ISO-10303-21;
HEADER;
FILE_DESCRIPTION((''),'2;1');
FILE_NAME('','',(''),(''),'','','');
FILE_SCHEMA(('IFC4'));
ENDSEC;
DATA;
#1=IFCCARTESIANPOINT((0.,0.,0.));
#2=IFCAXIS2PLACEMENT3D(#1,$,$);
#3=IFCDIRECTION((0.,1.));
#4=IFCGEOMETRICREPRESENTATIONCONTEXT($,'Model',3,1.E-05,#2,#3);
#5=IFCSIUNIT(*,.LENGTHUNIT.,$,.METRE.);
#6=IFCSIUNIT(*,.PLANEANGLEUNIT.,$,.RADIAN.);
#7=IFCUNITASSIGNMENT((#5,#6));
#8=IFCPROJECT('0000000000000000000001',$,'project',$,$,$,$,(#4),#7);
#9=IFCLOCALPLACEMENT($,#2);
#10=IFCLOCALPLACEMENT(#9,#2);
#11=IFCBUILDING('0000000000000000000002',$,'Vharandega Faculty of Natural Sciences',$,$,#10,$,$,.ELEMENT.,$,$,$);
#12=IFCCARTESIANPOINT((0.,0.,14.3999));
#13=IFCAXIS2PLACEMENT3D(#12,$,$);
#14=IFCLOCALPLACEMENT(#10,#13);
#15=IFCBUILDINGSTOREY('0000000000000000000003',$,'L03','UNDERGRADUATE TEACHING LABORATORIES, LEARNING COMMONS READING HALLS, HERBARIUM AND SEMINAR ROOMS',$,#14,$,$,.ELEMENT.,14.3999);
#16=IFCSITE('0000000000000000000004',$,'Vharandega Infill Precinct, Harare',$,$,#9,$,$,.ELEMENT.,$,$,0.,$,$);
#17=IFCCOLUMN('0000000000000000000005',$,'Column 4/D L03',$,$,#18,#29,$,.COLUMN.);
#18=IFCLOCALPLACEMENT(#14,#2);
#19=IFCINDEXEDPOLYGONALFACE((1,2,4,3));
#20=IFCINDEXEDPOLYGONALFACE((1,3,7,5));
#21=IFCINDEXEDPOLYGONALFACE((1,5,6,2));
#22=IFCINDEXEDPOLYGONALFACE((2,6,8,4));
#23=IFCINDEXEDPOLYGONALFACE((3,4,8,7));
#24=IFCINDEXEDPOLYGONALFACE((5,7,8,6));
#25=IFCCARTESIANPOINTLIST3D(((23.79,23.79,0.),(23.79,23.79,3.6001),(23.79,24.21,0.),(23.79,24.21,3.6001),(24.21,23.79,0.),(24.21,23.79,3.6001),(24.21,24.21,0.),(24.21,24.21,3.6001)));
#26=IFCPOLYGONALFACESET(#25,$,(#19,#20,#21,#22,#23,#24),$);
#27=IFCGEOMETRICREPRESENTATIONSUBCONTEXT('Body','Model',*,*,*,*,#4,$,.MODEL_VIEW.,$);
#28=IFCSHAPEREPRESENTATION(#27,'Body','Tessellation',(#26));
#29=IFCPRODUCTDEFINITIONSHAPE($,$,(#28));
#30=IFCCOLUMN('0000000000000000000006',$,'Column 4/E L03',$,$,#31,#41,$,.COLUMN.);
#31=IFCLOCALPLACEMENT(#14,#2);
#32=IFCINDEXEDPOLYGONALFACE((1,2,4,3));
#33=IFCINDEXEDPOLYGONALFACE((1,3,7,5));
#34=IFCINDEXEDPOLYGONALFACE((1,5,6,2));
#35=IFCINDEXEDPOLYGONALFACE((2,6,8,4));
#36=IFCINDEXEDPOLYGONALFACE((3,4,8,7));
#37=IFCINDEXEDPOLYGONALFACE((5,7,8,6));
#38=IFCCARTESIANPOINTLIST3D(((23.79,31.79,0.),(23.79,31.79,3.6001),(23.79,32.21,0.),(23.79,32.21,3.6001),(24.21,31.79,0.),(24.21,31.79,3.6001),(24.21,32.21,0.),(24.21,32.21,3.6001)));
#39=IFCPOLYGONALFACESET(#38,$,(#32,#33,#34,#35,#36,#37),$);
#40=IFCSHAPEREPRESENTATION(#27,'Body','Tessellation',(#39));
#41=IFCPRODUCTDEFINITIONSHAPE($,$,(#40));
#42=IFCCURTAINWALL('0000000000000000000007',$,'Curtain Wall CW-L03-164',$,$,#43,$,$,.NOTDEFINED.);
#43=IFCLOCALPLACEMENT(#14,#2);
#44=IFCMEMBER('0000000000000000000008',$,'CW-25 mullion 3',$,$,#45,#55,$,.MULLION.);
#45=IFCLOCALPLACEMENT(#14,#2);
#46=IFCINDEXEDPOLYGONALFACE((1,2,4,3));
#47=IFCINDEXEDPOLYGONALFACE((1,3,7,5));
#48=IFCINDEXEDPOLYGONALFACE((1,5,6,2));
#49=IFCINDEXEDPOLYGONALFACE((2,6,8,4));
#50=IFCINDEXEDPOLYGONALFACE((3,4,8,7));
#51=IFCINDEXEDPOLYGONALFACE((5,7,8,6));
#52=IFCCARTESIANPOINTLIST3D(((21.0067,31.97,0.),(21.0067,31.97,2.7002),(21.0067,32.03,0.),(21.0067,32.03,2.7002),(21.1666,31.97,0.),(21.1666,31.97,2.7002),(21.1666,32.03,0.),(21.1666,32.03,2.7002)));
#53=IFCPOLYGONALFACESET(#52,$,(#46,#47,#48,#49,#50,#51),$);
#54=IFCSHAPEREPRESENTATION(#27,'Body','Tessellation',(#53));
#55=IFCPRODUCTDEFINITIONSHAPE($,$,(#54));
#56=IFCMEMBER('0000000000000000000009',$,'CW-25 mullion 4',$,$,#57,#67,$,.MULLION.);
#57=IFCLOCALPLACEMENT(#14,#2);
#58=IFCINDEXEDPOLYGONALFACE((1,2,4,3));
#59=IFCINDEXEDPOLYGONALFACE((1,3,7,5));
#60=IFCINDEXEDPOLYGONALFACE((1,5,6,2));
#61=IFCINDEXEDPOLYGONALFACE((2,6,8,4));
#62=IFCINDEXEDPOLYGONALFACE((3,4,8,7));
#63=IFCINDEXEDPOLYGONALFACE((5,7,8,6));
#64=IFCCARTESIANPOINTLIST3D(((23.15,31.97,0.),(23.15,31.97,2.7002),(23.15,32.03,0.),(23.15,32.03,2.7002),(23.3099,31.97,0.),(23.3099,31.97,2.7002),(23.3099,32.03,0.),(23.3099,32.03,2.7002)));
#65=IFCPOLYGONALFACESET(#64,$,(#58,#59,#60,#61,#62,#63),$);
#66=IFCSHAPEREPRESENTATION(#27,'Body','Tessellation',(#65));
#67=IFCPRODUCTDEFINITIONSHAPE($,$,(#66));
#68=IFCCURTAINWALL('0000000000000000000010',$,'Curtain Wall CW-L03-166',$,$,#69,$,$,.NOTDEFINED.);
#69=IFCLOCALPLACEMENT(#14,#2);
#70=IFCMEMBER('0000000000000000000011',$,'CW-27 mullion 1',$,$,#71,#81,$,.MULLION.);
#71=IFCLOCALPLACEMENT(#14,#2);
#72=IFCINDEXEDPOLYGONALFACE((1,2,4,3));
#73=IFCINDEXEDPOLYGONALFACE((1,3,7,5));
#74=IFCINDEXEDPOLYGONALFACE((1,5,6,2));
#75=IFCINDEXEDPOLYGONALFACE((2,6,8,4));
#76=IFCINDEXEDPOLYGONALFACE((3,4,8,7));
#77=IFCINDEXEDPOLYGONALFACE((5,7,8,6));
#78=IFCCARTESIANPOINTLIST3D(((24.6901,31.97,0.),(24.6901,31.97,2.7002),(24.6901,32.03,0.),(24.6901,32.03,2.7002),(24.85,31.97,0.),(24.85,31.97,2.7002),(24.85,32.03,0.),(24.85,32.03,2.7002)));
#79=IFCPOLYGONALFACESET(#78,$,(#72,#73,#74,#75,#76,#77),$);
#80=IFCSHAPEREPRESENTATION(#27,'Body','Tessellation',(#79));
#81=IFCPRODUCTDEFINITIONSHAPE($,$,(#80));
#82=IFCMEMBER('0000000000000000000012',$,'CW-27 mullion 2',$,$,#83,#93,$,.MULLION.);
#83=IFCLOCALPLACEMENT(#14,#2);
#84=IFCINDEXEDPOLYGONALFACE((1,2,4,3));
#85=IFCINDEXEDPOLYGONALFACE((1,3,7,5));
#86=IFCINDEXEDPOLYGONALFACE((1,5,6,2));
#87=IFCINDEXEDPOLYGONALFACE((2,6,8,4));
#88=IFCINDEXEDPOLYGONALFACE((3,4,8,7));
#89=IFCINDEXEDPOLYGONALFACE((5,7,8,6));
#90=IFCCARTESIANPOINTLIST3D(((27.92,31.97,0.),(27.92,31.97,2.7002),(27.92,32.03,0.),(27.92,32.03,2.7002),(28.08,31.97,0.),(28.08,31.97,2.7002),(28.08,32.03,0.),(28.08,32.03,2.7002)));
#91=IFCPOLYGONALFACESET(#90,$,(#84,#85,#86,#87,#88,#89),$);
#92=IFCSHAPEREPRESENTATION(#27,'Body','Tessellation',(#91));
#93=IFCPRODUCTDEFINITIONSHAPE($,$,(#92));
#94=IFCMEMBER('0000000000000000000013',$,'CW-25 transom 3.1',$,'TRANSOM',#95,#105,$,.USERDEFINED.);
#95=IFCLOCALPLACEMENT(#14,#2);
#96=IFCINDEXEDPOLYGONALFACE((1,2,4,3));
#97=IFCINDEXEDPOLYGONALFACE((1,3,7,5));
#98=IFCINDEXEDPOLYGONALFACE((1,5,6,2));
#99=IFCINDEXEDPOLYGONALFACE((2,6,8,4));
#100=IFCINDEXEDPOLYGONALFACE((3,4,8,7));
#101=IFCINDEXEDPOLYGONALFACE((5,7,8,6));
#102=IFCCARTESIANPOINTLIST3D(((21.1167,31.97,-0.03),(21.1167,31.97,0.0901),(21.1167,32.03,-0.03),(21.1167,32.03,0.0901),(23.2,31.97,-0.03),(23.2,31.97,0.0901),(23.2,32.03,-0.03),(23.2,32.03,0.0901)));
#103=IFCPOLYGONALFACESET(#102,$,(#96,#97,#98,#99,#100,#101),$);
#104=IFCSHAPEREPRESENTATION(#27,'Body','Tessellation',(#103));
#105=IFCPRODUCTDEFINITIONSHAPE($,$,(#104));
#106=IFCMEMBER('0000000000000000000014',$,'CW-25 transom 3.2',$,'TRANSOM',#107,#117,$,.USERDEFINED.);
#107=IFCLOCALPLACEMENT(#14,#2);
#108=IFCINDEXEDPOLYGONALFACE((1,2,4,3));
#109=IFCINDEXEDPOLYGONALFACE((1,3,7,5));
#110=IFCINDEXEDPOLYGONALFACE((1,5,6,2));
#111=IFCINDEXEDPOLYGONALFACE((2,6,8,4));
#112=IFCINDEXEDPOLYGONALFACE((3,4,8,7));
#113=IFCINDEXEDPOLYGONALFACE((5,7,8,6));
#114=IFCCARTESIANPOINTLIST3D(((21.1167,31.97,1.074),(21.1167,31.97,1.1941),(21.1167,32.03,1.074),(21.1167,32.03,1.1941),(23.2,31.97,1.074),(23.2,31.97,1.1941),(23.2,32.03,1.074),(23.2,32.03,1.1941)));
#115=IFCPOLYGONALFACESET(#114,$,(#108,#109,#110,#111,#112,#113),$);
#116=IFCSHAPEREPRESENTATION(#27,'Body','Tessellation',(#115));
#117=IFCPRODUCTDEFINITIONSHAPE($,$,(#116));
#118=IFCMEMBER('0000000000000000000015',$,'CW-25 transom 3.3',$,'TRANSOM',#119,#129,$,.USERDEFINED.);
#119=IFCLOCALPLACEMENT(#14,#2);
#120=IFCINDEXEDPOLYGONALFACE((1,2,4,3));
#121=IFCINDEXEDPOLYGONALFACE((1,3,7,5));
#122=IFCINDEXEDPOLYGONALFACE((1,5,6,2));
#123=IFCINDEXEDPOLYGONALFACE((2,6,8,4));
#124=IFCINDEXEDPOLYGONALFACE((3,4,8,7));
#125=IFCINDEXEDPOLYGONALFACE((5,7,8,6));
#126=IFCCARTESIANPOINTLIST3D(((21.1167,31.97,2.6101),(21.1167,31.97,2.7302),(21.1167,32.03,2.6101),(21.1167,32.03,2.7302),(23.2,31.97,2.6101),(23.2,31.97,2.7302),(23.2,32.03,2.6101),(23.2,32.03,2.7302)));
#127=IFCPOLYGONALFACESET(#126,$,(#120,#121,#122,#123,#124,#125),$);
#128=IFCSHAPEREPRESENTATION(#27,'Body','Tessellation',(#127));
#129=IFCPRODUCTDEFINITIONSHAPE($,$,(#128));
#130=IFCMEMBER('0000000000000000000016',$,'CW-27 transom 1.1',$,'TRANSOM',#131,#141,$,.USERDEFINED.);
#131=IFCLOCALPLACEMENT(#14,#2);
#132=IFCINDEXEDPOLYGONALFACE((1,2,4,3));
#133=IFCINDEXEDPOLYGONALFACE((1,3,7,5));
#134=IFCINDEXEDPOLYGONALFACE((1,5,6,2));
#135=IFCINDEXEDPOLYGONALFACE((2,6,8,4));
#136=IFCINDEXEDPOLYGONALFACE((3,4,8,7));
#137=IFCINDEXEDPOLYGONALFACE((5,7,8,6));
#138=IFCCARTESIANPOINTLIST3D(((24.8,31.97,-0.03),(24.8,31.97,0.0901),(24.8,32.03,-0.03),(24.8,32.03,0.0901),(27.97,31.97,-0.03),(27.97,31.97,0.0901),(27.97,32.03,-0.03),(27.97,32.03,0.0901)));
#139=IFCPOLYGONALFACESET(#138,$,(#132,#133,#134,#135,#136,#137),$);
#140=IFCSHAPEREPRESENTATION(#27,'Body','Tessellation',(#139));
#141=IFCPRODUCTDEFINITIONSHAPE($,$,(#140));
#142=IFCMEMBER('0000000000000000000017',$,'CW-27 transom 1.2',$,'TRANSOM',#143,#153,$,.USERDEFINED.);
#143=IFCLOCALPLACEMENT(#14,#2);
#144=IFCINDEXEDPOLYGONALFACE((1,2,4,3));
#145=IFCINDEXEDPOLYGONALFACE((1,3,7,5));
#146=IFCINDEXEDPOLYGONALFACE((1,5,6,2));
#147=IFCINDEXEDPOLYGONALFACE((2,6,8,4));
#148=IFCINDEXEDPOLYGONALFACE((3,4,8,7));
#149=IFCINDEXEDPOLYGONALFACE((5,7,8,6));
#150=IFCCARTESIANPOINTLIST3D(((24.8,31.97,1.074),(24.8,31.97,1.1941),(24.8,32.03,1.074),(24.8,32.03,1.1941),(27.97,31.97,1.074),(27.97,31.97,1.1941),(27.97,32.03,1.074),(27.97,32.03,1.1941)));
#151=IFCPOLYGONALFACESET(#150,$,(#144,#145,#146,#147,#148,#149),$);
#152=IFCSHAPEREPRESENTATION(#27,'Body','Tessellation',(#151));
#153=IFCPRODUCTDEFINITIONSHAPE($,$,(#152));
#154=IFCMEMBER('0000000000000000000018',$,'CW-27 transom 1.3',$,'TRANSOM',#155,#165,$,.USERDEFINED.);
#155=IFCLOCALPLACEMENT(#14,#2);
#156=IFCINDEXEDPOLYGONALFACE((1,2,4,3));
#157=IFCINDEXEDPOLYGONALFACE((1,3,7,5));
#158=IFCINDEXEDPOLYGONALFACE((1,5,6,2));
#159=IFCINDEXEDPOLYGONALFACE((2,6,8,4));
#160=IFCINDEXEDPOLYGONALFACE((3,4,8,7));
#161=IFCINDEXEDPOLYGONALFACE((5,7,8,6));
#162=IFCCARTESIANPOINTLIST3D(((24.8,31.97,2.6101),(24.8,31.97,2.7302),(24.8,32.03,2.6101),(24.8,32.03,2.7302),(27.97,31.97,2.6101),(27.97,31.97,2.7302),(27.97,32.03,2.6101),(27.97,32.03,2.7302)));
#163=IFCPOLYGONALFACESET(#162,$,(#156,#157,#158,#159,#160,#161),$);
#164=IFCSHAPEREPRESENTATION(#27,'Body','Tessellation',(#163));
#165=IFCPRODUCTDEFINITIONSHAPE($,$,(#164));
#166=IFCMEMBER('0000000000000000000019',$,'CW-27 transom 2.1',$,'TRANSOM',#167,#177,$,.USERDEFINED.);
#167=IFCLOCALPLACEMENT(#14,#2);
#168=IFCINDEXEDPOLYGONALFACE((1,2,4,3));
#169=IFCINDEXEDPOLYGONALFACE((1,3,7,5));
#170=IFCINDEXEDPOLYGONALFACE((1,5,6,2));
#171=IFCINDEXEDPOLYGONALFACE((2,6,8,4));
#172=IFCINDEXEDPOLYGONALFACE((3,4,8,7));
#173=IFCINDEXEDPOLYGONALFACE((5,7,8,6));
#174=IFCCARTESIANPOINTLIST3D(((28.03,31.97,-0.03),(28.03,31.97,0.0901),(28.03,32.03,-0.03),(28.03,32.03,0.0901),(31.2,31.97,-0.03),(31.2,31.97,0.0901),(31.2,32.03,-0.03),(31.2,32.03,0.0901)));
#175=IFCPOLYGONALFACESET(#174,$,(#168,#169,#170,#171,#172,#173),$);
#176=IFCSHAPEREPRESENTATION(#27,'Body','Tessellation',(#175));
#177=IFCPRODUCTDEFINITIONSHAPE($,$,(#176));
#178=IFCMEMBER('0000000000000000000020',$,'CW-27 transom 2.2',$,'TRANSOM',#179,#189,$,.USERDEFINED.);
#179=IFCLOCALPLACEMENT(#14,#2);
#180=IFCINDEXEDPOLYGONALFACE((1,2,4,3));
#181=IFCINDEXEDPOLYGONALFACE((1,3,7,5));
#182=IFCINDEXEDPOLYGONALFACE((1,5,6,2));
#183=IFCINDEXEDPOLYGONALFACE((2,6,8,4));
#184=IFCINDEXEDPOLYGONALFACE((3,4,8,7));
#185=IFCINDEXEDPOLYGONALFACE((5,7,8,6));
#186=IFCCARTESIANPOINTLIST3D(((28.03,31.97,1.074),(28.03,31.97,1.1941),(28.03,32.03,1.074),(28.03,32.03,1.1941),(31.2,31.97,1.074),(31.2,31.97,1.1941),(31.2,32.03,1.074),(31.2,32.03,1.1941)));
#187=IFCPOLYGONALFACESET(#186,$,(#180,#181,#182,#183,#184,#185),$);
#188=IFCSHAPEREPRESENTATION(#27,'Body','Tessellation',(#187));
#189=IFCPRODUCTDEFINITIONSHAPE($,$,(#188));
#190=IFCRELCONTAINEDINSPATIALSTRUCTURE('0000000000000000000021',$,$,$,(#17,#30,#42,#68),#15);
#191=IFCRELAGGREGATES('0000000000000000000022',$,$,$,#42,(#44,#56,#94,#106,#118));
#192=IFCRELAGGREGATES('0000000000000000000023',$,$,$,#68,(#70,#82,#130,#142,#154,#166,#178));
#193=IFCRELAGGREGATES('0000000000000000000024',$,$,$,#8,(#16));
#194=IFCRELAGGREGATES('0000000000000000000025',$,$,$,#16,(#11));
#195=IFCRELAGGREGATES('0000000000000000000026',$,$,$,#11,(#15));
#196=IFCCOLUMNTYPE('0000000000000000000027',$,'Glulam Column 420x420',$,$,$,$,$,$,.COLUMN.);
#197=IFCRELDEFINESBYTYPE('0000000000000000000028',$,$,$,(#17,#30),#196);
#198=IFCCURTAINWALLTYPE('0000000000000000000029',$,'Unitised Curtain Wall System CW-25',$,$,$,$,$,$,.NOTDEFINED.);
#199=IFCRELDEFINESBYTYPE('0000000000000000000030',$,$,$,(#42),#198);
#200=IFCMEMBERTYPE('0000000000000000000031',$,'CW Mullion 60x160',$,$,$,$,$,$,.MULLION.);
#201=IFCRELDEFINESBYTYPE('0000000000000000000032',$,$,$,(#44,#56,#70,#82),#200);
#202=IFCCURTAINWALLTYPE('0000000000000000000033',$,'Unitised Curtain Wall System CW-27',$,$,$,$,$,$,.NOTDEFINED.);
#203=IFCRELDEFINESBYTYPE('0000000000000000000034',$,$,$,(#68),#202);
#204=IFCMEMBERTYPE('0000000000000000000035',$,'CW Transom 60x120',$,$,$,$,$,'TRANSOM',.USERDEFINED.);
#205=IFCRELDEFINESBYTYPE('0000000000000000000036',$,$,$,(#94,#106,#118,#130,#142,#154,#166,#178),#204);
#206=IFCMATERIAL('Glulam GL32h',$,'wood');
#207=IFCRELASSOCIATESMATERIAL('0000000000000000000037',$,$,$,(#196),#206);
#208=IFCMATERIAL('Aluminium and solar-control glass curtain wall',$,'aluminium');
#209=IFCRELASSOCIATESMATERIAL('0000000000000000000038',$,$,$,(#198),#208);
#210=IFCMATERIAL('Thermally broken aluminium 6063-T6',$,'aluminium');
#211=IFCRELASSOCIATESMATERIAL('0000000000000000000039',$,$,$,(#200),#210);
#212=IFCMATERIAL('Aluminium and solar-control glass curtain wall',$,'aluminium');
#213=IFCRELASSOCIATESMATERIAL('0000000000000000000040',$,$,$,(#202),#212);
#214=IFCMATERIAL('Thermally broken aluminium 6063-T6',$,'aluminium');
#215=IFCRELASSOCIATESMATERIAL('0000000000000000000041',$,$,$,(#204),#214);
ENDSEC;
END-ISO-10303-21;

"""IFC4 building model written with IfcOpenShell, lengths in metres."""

from ifc_helpers import new_model, si_unit, direction, frame, origin, origin_2d, place, context, subcontext, project, spatial, rectangle, extrude, material, material_profile, profile_set, type_object, element, aggregate, save


model = new_model("IFC4")

# Units and contexts
model_context = context("Model", 3, precision=1e-05, world=origin(), true_north=direction((0.0, 1.0)))
body_context = subcontext(model_context, "Body", "Model", "MODEL_VIEW")
ifc_project = project(units=[si_unit("LENGTHUNIT", "METRE"), si_unit("PLANEANGLEUNIT", "RADIAN")], contexts=[model_context])

# Site, building, storey
site_placement = place(None, origin())
site = spatial("IfcSite", under=ifc_project, at=site_placement, Name="Vharandega Infill Precinct, Harare", CompositionType="ELEMENT", RefElevation=0.0)
building_placement = place(site_placement, origin())
building = spatial("IfcBuilding", under=site, at=building_placement, Name="Vharandega Faculty of Natural Sciences", CompositionType="ELEMENT")
storey_placement = place(building_placement, frame((0.0, 0.0, 14.3999)))
storey = spatial("IfcBuildingStorey", under=building, at=storey_placement, Name="L03", Description="UNDERGRADUATE TEACHING LABORATORIES, LEARNING COMMONS READING HALLS, HERBARIUM AND SEMINAR ROOMS", CompositionType="ELEMENT", Elevation=14.3999)

# Columns
ifc_material_1 = material(Name="Glulam GL32h", Category="wood")
ifc_material_profile_1 = material_profile(ifc_material_1, rectangle(XDim=0.4199, YDim=0.4199, at=origin_2d()), Name="GL32h 420x420")
ifc_profile_set_1 = profile_set([ifc_material_profile_1], Name="Glulam GL32h")
column_type = type_object("IfcColumnType", Name="Glulam Column 420x420", PredefinedType="COLUMN", material=ifc_profile_set_1)
for number, where, z_axis, x_axis, name in (
    (1, (24.0, 24.0, 0.0), (0.0, 0.0, 1.0), (1.0, 0.0, 0.0), "Column 4/D L03"),
    (2, (24.0, 32.0, 0.0), (0.0, 0.0, 1.0), (1.0, 0.0, 0.0), "Column 4/E L03"),
):
    element("IfcColumn", number, at=place(storey_placement, frame(where, z_axis=z_axis, x_axis=x_axis)), inside=storey, type_object=column_type, Name=name, PredefinedType="COLUMN", context=body_context, shape_type="SweptSolid", body=[
        extrude(rectangle(XDim=0.4199, YDim=0.4199, at=origin_2d()), origin(), (0.0, 0.0, 1.0), 3.6001),
    ])

# Curtain walls, members
ifc_material_2 = material(Name="Aluminium and solar-control glass curtain wall", Category="aluminium")
curtain_wall_type_1 = type_object("IfcCurtainWallType", Name="Unitised Curtain Wall System CW-25", PredefinedType="NOTDEFINED", material=ifc_material_2)
curtain_wall_1_placement = place(storey_placement, origin())
curtain_wall_1 = element("IfcCurtainWall", 3, at=curtain_wall_1_placement, inside=storey, type_object=curtain_wall_type_1, Name="Curtain Wall CW-L03-164", PredefinedType="NOTDEFINED")
ifc_material_3 = material(Name="Thermally broken aluminium 6063-T6", Category="aluminium")
ifc_material_profile_2 = material_profile(ifc_material_3, rectangle(XDim=0.0601, YDim=0.1599, at=origin_2d()), Name="ALU 60x160")
ifc_profile_set_2 = profile_set([ifc_material_profile_2], Name="Thermally broken aluminium 6063-T6")
member_type_1 = type_object("IfcMemberType", Name="CW Mullion 60x160", PredefinedType="MULLION", material=ifc_profile_set_2)
member_1_placement = place(storey_placement, frame((21.0867, 32.0, 0.0), z_axis=(0.0, 0.0, 1.0), x_axis=(0.0, 1.0, 0.0)))
member_1 = element("IfcMember", 4, at=member_1_placement, type_object=member_type_1, Name="CW-25 mullion 3", PredefinedType="MULLION", context=body_context, shape_type="SweptSolid", body=[
    extrude(rectangle(XDim=0.0601, YDim=0.1599, at=origin_2d()), origin(), (0.0, 0.0, 1.0), 2.7002),
])
member_2_placement = place(storey_placement, frame((23.23, 32.0, 0.0), z_axis=(0.0, 0.0, 1.0), x_axis=(0.0, 1.0, 0.0)))
member_2 = element("IfcMember", 5, at=member_2_placement, type_object=member_type_1, Name="CW-25 mullion 4", PredefinedType="MULLION", context=body_context, shape_type="SweptSolid", body=[
    extrude(rectangle(XDim=0.0601, YDim=0.1599, at=origin_2d()), origin(), (0.0, 0.0, 1.0), 2.7002),
])
ifc_material_4 = material(Name="Aluminium and solar-control glass curtain wall", Category="aluminium")
curtain_wall_type_2 = type_object("IfcCurtainWallType", Name="Unitised Curtain Wall System CW-27", PredefinedType="NOTDEFINED", material=ifc_material_4)
curtain_wall_2_placement = place(storey_placement, origin())
curtain_wall_2 = element("IfcCurtainWall", 6, at=curtain_wall_2_placement, inside=storey, type_object=curtain_wall_type_2, Name="Curtain Wall CW-L03-166", PredefinedType="NOTDEFINED")
member_3_placement = place(storey_placement, frame((24.77, 32.0, 0.0), z_axis=(0.0, 0.0, 1.0), x_axis=(0.0, 1.0, 0.0)))
member_3 = element("IfcMember", 7, at=member_3_placement, type_object=member_type_1, Name="CW-27 mullion 1", PredefinedType="MULLION", context=body_context, shape_type="SweptSolid", body=[
    extrude(rectangle(XDim=0.0601, YDim=0.1599, at=origin_2d()), origin(), (0.0, 0.0, 1.0), 2.7002),
])
member_4_placement = place(storey_placement, frame((28.0, 32.0, 0.0), z_axis=(0.0, 0.0, 1.0), x_axis=(0.0, 1.0, 0.0)))
member_4 = element("IfcMember", 8, at=member_4_placement, type_object=member_type_1, Name="CW-27 mullion 2", PredefinedType="MULLION", context=body_context, shape_type="SweptSolid", body=[
    extrude(rectangle(XDim=0.0601, YDim=0.1599, at=origin_2d()), origin(), (0.0, 0.0, 1.0), 2.7002),
])

# Members
ifc_material_5 = material(Name="Thermally broken aluminium 6063-T6", Category="aluminium")
ifc_material_profile_3 = material_profile(ifc_material_5, rectangle(XDim=0.0601, YDim=0.1201, at=origin_2d()), Name="ALU 60x120")
ifc_profile_set_3 = profile_set([ifc_material_profile_3], Name="Thermally broken aluminium 6063-T6")
member_type_2 = type_object("IfcMemberType", Name="CW Transom 60x120", ElementType="TRANSOM", PredefinedType="USERDEFINED", material=ifc_profile_set_3)
member_5_placement = place(storey_placement, frame((21.1167, 32.0, 0.03), z_axis=(1.0, 0.0, 0.0), x_axis=(0.0, 1.0, 0.0)))
member_5 = element("IfcMember", 9, at=member_5_placement, type_object=member_type_2, Name="CW-25 transom 3.1", ObjectType="TRANSOM", PredefinedType="USERDEFINED", context=body_context, shape_type="SweptSolid", body=[
    extrude(rectangle(XDim=0.0601, YDim=0.1201, at=origin_2d()), origin(), (0.0, 0.0, 1.0), 2.0833),
])
member_6_placement = place(storey_placement, frame((21.1167, 32.0, 1.134), z_axis=(1.0, 0.0, 0.0), x_axis=(0.0, 1.0, 0.0)))
member_6 = element("IfcMember", 10, at=member_6_placement, type_object=member_type_2, Name="CW-25 transom 3.2", ObjectType="TRANSOM", PredefinedType="USERDEFINED", context=body_context, shape_type="SweptSolid", body=[
    extrude(rectangle(XDim=0.0601, YDim=0.1201, at=origin_2d()), origin(), (0.0, 0.0, 1.0), 2.0833),
])
member_7_placement = place(storey_placement, frame((21.1167, 32.0, 2.6702), z_axis=(1.0, 0.0, 0.0), x_axis=(0.0, 1.0, 0.0)))
member_7 = element("IfcMember", 11, at=member_7_placement, type_object=member_type_2, Name="CW-25 transom 3.3", ObjectType="TRANSOM", PredefinedType="USERDEFINED", context=body_context, shape_type="SweptSolid", body=[
    extrude(rectangle(XDim=0.0601, YDim=0.1201, at=origin_2d()), origin(), (0.0, 0.0, 1.0), 2.0833),
])
member_8_placement = place(storey_placement, frame((24.8, 32.0, 0.03), z_axis=(1.0, 0.0, 0.0), x_axis=(0.0, 1.0, 0.0)))
member_8 = element("IfcMember", 12, at=member_8_placement, type_object=member_type_2, Name="CW-27 transom 1.1", ObjectType="TRANSOM", PredefinedType="USERDEFINED", context=body_context, shape_type="SweptSolid", body=[
    extrude(rectangle(XDim=0.0601, YDim=0.1201, at=origin_2d()), origin(), (0.0, 0.0, 1.0), 3.1699),
])
member_9_placement = place(storey_placement, frame((24.8, 32.0, 1.134), z_axis=(1.0, 0.0, 0.0), x_axis=(0.0, 1.0, 0.0)))
member_9 = element("IfcMember", 13, at=member_9_placement, type_object=member_type_2, Name="CW-27 transom 1.2", ObjectType="TRANSOM", PredefinedType="USERDEFINED", context=body_context, shape_type="SweptSolid", body=[
    extrude(rectangle(XDim=0.0601, YDim=0.1201, at=origin_2d()), origin(), (0.0, 0.0, 1.0), 3.1699),
])
member_10_placement = place(storey_placement, frame((24.8, 32.0, 2.6702), z_axis=(1.0, 0.0, 0.0), x_axis=(0.0, 1.0, 0.0)))
member_10 = element("IfcMember", 14, at=member_10_placement, type_object=member_type_2, Name="CW-27 transom 1.3", ObjectType="TRANSOM", PredefinedType="USERDEFINED", context=body_context, shape_type="SweptSolid", body=[
    extrude(rectangle(XDim=0.0601, YDim=0.1201, at=origin_2d()), origin(), (0.0, 0.0, 1.0), 3.1699),
])
member_11_placement = place(storey_placement, frame((28.03, 32.0, 0.03), z_axis=(1.0, 0.0, 0.0), x_axis=(0.0, 1.0, 0.0)))
member_11 = element("IfcMember", 15, at=member_11_placement, type_object=member_type_2, Name="CW-27 transom 2.1", ObjectType="TRANSOM", PredefinedType="USERDEFINED", context=body_context, shape_type="SweptSolid", body=[
    extrude(rectangle(XDim=0.0601, YDim=0.1201, at=origin_2d()), origin(), (0.0, 0.0, 1.0), 3.1699),
])
member_12_placement = place(storey_placement, frame((28.03, 32.0, 1.134), z_axis=(1.0, 0.0, 0.0), x_axis=(0.0, 1.0, 0.0)))
member_12 = element("IfcMember", 16, at=member_12_placement, type_object=member_type_2, Name="CW-27 transom 2.2", ObjectType="TRANSOM", PredefinedType="USERDEFINED", context=body_context, shape_type="SweptSolid", body=[
    extrude(rectangle(XDim=0.0601, YDim=0.1201, at=origin_2d()), origin(), (0.0, 0.0, 1.0), 3.1699),
])

aggregate(curtain_wall_1, [member_1, member_2, member_5, member_6, member_7])
aggregate(curtain_wall_2, [member_3, member_4, member_8, member_9, member_10, member_11, member_12])

save(model, "model.ifc")
